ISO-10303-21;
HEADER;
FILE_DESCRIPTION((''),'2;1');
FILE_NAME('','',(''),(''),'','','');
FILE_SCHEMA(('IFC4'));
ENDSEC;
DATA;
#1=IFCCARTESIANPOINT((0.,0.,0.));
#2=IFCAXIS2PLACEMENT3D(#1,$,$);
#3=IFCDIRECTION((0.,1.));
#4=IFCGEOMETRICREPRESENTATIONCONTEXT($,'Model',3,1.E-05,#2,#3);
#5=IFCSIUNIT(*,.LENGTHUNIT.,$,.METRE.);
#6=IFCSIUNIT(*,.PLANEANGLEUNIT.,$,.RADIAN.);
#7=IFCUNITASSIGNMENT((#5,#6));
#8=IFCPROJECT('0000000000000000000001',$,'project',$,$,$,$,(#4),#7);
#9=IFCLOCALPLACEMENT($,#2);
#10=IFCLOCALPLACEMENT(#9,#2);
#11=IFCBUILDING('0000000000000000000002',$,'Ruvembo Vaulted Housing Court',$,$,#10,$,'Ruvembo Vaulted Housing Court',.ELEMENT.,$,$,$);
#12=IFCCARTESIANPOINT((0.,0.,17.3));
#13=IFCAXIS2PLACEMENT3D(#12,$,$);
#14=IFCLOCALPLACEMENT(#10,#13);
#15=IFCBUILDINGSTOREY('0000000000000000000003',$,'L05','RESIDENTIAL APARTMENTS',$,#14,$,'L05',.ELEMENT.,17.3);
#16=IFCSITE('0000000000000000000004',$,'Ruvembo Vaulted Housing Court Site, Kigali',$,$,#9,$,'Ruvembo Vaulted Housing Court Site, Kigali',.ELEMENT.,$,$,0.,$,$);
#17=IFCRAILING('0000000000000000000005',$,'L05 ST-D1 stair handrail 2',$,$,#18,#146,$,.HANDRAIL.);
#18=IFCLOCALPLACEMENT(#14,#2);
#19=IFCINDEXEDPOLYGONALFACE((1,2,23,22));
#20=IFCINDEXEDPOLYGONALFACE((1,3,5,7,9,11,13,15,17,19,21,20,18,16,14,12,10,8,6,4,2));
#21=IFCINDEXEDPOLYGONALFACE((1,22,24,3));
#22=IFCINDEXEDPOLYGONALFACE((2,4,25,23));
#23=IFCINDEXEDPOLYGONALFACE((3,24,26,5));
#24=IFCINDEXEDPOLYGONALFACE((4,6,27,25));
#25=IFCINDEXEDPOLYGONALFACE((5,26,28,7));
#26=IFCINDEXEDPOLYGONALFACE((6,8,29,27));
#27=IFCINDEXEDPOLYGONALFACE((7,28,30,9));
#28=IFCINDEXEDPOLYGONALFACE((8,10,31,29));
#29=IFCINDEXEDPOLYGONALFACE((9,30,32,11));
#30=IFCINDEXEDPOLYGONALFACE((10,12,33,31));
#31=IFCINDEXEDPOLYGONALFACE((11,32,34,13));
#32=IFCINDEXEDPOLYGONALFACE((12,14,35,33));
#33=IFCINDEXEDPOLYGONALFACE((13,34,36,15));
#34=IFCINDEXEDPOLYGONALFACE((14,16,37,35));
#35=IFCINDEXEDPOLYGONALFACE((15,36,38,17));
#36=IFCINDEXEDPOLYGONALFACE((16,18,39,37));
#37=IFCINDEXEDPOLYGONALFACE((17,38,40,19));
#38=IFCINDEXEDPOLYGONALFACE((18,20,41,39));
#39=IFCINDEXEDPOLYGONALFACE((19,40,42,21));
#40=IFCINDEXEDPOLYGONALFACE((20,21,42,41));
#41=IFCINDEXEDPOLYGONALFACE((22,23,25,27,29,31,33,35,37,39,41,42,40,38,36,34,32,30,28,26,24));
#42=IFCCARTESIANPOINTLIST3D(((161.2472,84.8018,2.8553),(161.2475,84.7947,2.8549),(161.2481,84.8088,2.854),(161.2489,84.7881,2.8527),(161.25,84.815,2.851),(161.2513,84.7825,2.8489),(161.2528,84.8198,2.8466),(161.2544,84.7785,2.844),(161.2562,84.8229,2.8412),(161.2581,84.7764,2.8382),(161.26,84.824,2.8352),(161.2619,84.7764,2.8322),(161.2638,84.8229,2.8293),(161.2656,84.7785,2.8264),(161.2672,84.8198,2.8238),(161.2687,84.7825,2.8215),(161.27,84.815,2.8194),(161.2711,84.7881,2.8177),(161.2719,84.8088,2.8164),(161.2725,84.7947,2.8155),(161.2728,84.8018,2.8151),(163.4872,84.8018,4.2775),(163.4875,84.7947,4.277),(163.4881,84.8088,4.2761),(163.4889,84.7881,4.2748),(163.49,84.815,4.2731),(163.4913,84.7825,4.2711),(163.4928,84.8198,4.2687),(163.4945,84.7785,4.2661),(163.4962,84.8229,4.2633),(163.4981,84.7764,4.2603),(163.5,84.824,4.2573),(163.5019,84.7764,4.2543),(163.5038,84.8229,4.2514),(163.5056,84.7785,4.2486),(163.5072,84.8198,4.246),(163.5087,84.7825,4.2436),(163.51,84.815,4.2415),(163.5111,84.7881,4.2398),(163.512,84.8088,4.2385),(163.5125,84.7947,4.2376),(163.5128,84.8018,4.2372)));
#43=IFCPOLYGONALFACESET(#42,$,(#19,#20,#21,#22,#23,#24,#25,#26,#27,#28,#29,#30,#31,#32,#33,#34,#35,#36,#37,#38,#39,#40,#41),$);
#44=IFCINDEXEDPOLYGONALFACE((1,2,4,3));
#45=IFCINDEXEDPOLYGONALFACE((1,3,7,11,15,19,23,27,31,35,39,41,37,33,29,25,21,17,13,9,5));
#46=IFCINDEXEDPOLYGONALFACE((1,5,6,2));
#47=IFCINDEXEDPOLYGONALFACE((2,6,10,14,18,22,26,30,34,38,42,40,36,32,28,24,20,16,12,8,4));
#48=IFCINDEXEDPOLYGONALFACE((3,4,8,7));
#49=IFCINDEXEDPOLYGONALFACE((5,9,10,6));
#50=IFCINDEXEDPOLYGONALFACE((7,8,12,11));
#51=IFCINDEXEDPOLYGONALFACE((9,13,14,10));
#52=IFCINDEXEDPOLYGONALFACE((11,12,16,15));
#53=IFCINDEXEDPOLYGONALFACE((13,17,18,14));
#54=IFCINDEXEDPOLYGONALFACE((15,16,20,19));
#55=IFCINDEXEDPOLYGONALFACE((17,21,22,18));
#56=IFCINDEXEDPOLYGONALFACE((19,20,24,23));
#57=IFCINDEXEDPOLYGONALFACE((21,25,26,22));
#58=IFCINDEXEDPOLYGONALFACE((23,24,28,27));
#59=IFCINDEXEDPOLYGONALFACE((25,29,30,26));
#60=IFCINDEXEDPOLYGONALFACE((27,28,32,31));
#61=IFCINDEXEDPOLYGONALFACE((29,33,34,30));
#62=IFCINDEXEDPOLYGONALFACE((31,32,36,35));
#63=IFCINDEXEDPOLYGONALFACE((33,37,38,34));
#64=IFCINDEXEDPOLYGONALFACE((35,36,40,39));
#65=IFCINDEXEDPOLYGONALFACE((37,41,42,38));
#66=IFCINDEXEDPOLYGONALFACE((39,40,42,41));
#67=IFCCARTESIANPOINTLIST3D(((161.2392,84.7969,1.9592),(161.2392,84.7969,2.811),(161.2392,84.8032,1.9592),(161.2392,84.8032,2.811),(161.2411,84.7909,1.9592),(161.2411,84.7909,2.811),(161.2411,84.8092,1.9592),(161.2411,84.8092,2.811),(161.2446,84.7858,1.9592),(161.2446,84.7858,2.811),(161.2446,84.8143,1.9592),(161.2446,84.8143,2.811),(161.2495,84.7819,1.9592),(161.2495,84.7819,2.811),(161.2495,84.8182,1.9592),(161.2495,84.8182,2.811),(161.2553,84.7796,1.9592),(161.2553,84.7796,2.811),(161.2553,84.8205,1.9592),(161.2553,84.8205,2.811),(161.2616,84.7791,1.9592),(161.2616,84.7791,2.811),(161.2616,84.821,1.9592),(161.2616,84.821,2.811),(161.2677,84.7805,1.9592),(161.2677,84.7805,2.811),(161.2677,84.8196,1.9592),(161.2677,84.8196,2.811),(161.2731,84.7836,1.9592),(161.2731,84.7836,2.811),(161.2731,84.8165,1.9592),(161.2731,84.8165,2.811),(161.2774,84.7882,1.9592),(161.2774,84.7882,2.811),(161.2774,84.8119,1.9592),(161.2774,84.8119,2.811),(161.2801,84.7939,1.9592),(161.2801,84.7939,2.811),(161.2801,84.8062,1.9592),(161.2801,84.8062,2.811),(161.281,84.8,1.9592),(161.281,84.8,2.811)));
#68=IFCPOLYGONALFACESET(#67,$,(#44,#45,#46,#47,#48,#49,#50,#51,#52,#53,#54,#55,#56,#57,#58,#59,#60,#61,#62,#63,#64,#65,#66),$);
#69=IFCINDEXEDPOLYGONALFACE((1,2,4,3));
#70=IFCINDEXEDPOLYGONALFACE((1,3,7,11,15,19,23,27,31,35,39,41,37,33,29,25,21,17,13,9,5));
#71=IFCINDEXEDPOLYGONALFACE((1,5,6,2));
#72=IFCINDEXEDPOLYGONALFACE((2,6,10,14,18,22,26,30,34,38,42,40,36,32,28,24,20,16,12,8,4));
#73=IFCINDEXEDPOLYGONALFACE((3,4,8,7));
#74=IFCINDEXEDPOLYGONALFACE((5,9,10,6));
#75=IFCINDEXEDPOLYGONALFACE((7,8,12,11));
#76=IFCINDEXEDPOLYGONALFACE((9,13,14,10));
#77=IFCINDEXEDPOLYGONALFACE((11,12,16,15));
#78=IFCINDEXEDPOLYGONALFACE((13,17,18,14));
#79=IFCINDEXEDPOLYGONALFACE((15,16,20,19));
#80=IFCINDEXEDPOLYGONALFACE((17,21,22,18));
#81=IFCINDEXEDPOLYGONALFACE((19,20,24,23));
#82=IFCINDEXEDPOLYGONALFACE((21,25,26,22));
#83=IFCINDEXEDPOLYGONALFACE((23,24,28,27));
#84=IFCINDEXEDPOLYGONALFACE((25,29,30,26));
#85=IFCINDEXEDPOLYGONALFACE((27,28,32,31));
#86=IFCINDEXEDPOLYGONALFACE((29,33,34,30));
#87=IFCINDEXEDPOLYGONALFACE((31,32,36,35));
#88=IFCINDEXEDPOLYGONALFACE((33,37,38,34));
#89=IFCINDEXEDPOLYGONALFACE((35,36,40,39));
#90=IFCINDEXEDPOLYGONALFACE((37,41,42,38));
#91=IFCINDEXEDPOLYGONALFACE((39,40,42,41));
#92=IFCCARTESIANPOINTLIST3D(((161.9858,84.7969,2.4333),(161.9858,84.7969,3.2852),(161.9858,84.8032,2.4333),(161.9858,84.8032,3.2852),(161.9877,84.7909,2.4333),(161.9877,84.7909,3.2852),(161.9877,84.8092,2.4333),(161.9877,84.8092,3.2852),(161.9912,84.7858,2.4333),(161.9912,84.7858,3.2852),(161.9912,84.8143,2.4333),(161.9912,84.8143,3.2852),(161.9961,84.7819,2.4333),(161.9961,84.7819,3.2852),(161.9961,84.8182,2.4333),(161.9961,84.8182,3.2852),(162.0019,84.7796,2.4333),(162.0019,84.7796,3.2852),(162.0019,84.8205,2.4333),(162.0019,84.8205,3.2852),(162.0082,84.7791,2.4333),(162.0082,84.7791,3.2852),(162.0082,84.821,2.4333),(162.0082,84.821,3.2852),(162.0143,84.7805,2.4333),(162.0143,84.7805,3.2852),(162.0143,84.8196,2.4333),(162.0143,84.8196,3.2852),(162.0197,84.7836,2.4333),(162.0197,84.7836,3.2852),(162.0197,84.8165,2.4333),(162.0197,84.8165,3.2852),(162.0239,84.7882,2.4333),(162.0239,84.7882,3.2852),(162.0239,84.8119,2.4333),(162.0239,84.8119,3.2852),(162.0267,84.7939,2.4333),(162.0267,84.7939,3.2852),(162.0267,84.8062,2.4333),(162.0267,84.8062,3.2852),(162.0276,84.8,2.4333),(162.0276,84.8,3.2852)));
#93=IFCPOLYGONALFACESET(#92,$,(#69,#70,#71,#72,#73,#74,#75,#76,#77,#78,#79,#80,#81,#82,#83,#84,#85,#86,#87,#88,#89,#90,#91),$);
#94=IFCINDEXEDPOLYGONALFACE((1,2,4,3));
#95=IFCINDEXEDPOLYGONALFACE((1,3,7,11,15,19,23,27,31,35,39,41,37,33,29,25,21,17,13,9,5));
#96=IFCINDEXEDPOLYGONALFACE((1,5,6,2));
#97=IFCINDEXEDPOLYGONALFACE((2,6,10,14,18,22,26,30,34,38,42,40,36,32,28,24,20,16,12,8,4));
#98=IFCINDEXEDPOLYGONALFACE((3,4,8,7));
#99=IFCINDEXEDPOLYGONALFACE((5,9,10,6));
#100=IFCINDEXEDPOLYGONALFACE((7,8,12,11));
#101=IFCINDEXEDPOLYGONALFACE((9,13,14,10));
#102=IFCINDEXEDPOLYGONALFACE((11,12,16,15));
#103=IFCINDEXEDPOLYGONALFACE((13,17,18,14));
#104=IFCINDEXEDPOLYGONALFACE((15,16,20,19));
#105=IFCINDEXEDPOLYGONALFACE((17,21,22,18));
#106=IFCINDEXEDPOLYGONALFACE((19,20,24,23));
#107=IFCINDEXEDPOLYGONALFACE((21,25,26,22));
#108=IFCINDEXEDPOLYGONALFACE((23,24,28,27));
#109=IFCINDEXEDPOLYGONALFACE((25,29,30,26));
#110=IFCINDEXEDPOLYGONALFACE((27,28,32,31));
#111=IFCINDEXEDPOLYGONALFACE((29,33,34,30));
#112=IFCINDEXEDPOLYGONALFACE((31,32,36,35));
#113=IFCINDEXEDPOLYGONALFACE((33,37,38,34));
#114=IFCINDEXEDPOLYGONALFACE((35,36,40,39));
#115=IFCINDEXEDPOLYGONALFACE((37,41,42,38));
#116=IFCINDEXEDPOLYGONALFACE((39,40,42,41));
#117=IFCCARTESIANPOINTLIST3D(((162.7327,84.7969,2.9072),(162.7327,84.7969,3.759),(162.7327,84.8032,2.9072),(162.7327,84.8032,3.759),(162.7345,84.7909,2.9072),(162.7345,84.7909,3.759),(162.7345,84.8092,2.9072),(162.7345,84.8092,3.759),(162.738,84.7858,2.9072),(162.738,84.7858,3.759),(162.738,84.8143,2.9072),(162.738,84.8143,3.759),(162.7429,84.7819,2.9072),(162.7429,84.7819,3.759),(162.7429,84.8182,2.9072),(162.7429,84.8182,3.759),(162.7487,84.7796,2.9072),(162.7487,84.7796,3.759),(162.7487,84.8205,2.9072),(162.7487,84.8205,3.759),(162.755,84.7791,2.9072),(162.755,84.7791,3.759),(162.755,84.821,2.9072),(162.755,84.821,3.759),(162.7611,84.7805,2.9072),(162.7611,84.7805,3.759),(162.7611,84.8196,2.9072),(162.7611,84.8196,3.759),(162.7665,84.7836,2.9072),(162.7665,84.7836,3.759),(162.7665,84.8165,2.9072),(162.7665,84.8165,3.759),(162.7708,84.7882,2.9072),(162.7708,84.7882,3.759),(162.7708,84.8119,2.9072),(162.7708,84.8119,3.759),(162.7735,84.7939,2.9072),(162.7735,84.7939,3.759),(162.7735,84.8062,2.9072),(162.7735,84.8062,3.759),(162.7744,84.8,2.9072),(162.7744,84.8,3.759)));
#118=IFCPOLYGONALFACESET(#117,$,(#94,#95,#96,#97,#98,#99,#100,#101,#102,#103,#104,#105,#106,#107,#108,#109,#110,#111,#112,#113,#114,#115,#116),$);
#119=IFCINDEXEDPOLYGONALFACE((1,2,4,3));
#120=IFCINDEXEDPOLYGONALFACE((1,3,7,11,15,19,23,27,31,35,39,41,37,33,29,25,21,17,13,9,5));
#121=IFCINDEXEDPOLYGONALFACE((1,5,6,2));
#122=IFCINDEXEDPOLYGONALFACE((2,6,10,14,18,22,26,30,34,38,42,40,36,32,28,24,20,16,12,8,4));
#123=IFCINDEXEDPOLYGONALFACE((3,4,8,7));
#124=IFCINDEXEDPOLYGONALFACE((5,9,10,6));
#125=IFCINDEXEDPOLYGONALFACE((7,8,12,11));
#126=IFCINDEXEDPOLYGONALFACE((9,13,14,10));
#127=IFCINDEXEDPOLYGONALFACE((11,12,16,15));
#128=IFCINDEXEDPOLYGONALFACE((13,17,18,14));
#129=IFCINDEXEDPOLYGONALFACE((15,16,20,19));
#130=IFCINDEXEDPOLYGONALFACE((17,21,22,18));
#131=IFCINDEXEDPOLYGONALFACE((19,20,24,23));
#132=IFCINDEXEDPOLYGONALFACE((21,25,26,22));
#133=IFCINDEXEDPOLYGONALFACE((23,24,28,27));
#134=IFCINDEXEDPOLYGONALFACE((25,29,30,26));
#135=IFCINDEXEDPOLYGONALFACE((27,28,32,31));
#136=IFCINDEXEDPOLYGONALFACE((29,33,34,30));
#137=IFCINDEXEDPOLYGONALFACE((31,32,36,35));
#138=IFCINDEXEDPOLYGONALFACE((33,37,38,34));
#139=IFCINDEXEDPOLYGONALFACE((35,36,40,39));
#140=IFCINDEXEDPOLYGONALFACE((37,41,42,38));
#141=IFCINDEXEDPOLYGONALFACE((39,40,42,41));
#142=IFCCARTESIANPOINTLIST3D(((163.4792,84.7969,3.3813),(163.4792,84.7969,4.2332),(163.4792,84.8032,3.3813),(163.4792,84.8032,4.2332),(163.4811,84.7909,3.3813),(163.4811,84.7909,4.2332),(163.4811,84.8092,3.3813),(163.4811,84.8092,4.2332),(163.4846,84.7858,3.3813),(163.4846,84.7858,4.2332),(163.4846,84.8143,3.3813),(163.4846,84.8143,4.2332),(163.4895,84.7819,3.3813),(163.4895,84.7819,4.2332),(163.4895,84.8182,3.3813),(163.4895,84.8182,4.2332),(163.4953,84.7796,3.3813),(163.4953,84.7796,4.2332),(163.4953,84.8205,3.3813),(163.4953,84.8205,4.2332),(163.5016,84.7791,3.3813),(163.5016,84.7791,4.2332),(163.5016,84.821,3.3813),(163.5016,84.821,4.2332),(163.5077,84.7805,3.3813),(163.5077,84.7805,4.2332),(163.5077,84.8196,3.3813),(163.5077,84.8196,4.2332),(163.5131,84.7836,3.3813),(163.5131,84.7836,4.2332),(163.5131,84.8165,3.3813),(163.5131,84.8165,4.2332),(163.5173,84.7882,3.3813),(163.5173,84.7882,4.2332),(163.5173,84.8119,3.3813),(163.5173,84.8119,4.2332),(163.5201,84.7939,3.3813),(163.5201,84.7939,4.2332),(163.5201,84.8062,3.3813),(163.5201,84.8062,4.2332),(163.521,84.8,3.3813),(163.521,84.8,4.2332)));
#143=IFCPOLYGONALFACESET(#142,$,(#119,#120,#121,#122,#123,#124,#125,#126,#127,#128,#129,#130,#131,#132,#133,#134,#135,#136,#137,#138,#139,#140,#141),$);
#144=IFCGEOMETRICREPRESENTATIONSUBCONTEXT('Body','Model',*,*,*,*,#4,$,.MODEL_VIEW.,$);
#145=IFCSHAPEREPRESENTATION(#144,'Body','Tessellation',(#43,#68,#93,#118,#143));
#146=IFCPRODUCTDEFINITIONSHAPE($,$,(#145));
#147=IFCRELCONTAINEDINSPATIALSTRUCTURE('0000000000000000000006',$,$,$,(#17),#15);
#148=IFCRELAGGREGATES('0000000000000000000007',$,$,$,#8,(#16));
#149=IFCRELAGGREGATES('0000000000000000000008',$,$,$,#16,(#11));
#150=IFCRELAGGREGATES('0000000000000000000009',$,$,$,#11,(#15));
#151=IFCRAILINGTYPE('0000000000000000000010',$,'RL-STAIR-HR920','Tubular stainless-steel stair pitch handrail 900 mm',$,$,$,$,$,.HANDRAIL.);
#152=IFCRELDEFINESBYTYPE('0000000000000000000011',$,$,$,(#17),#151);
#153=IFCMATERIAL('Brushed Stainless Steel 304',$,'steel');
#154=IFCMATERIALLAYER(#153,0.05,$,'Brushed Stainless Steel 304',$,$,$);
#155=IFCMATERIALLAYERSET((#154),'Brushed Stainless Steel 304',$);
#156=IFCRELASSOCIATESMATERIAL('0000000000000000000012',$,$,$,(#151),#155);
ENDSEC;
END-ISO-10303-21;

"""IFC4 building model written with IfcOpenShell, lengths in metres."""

from ifc_helpers import new_model, si_unit, direction, frame, origin, origin_2d, place, context, subcontext, project, spatial, circle, extrude, material, layer, layer_set, type_object, element, save


model = new_model("IFC4")

# Units and contexts
model_context = context("Model", 3, precision=1e-05, world=origin(), true_north=direction((0.0, 1.0)))
body_context = subcontext(model_context, "Body", "Model", "MODEL_VIEW")
ifc_project = project(units=[si_unit("LENGTHUNIT", "METRE"), si_unit("PLANEANGLEUNIT", "RADIAN")], contexts=[model_context])

# Site, building, storey
site_placement = place(None, origin())
site = spatial("IfcSite", under=ifc_project, at=site_placement, Name="Ruvembo Vaulted Housing Court Site, Kigali", LongName="Ruvembo Vaulted Housing Court Site, Kigali", CompositionType="ELEMENT", RefElevation=0.0)
building_placement = place(site_placement, origin())
building = spatial("IfcBuilding", under=site, at=building_placement, Name="Ruvembo Vaulted Housing Court", LongName="Ruvembo Vaulted Housing Court", CompositionType="ELEMENT")
storey_placement = place(building_placement, frame((0.0, 0.0, 17.3)))
storey = spatial("IfcBuildingStorey", under=building, at=storey_placement, Name="L05", Description="RESIDENTIAL APARTMENTS", LongName="L05", CompositionType="ELEMENT", Elevation=17.3)

# Shared definitions
ifc_material_1 = material(Name="Brushed Stainless Steel 304", Category="steel")

# Railing
ifc_layer_1 = layer(ifc_material_1, 0.05, Name="Brushed Stainless Steel 304")
ifc_layer_set_1 = layer_set([ifc_layer_1], Name="Brushed Stainless Steel 304")
railing_type_1 = type_object("IfcRailingType", Name="RL-STAIR-HR920", Description="Tubular stainless-steel stair pitch handrail 900 mm", PredefinedType="HANDRAIL", material=ifc_layer_set_1)
railing_1_placement = place(storey_placement, frame((161.26, 84.8, 1.9592)))
element("IfcRailing", 1, at=railing_1_placement, inside=storey, type_object=railing_type_1, Name="L05 ST-D1 stair handrail 2", PredefinedType="HANDRAIL", context=body_context, shape_type="SweptSolid", body=[
    extrude(circle(Radius=0.0239, at=origin_2d()), frame((0.0, 0.0, 0.876), z_axis=(0.844229, 0.0, 0.535982), x_axis=(0.0, 1.0, 0.0)), (0.0, 0.0, 1.0), 2.6533),
    extrude(circle(Radius=0.021, at=origin_2d()), origin(), (0.0, 0.0, 1.0), 0.8518),
    extrude(circle(Radius=0.021, at=origin_2d()), frame((0.7466, 0.0, 0.4741)), (0.0, 0.0, 1.0), 0.8518),
    extrude(circle(Radius=0.021, at=origin_2d()), frame((1.4934, 0.0, 0.948)), (0.0, 0.0, 1.0), 0.8518),
    extrude(circle(Radius=0.021, at=origin_2d()), frame((2.24, 0.0, 1.4221)), (0.0, 0.0, 1.0), 0.8518),
])

save(model, "model.ifc")
